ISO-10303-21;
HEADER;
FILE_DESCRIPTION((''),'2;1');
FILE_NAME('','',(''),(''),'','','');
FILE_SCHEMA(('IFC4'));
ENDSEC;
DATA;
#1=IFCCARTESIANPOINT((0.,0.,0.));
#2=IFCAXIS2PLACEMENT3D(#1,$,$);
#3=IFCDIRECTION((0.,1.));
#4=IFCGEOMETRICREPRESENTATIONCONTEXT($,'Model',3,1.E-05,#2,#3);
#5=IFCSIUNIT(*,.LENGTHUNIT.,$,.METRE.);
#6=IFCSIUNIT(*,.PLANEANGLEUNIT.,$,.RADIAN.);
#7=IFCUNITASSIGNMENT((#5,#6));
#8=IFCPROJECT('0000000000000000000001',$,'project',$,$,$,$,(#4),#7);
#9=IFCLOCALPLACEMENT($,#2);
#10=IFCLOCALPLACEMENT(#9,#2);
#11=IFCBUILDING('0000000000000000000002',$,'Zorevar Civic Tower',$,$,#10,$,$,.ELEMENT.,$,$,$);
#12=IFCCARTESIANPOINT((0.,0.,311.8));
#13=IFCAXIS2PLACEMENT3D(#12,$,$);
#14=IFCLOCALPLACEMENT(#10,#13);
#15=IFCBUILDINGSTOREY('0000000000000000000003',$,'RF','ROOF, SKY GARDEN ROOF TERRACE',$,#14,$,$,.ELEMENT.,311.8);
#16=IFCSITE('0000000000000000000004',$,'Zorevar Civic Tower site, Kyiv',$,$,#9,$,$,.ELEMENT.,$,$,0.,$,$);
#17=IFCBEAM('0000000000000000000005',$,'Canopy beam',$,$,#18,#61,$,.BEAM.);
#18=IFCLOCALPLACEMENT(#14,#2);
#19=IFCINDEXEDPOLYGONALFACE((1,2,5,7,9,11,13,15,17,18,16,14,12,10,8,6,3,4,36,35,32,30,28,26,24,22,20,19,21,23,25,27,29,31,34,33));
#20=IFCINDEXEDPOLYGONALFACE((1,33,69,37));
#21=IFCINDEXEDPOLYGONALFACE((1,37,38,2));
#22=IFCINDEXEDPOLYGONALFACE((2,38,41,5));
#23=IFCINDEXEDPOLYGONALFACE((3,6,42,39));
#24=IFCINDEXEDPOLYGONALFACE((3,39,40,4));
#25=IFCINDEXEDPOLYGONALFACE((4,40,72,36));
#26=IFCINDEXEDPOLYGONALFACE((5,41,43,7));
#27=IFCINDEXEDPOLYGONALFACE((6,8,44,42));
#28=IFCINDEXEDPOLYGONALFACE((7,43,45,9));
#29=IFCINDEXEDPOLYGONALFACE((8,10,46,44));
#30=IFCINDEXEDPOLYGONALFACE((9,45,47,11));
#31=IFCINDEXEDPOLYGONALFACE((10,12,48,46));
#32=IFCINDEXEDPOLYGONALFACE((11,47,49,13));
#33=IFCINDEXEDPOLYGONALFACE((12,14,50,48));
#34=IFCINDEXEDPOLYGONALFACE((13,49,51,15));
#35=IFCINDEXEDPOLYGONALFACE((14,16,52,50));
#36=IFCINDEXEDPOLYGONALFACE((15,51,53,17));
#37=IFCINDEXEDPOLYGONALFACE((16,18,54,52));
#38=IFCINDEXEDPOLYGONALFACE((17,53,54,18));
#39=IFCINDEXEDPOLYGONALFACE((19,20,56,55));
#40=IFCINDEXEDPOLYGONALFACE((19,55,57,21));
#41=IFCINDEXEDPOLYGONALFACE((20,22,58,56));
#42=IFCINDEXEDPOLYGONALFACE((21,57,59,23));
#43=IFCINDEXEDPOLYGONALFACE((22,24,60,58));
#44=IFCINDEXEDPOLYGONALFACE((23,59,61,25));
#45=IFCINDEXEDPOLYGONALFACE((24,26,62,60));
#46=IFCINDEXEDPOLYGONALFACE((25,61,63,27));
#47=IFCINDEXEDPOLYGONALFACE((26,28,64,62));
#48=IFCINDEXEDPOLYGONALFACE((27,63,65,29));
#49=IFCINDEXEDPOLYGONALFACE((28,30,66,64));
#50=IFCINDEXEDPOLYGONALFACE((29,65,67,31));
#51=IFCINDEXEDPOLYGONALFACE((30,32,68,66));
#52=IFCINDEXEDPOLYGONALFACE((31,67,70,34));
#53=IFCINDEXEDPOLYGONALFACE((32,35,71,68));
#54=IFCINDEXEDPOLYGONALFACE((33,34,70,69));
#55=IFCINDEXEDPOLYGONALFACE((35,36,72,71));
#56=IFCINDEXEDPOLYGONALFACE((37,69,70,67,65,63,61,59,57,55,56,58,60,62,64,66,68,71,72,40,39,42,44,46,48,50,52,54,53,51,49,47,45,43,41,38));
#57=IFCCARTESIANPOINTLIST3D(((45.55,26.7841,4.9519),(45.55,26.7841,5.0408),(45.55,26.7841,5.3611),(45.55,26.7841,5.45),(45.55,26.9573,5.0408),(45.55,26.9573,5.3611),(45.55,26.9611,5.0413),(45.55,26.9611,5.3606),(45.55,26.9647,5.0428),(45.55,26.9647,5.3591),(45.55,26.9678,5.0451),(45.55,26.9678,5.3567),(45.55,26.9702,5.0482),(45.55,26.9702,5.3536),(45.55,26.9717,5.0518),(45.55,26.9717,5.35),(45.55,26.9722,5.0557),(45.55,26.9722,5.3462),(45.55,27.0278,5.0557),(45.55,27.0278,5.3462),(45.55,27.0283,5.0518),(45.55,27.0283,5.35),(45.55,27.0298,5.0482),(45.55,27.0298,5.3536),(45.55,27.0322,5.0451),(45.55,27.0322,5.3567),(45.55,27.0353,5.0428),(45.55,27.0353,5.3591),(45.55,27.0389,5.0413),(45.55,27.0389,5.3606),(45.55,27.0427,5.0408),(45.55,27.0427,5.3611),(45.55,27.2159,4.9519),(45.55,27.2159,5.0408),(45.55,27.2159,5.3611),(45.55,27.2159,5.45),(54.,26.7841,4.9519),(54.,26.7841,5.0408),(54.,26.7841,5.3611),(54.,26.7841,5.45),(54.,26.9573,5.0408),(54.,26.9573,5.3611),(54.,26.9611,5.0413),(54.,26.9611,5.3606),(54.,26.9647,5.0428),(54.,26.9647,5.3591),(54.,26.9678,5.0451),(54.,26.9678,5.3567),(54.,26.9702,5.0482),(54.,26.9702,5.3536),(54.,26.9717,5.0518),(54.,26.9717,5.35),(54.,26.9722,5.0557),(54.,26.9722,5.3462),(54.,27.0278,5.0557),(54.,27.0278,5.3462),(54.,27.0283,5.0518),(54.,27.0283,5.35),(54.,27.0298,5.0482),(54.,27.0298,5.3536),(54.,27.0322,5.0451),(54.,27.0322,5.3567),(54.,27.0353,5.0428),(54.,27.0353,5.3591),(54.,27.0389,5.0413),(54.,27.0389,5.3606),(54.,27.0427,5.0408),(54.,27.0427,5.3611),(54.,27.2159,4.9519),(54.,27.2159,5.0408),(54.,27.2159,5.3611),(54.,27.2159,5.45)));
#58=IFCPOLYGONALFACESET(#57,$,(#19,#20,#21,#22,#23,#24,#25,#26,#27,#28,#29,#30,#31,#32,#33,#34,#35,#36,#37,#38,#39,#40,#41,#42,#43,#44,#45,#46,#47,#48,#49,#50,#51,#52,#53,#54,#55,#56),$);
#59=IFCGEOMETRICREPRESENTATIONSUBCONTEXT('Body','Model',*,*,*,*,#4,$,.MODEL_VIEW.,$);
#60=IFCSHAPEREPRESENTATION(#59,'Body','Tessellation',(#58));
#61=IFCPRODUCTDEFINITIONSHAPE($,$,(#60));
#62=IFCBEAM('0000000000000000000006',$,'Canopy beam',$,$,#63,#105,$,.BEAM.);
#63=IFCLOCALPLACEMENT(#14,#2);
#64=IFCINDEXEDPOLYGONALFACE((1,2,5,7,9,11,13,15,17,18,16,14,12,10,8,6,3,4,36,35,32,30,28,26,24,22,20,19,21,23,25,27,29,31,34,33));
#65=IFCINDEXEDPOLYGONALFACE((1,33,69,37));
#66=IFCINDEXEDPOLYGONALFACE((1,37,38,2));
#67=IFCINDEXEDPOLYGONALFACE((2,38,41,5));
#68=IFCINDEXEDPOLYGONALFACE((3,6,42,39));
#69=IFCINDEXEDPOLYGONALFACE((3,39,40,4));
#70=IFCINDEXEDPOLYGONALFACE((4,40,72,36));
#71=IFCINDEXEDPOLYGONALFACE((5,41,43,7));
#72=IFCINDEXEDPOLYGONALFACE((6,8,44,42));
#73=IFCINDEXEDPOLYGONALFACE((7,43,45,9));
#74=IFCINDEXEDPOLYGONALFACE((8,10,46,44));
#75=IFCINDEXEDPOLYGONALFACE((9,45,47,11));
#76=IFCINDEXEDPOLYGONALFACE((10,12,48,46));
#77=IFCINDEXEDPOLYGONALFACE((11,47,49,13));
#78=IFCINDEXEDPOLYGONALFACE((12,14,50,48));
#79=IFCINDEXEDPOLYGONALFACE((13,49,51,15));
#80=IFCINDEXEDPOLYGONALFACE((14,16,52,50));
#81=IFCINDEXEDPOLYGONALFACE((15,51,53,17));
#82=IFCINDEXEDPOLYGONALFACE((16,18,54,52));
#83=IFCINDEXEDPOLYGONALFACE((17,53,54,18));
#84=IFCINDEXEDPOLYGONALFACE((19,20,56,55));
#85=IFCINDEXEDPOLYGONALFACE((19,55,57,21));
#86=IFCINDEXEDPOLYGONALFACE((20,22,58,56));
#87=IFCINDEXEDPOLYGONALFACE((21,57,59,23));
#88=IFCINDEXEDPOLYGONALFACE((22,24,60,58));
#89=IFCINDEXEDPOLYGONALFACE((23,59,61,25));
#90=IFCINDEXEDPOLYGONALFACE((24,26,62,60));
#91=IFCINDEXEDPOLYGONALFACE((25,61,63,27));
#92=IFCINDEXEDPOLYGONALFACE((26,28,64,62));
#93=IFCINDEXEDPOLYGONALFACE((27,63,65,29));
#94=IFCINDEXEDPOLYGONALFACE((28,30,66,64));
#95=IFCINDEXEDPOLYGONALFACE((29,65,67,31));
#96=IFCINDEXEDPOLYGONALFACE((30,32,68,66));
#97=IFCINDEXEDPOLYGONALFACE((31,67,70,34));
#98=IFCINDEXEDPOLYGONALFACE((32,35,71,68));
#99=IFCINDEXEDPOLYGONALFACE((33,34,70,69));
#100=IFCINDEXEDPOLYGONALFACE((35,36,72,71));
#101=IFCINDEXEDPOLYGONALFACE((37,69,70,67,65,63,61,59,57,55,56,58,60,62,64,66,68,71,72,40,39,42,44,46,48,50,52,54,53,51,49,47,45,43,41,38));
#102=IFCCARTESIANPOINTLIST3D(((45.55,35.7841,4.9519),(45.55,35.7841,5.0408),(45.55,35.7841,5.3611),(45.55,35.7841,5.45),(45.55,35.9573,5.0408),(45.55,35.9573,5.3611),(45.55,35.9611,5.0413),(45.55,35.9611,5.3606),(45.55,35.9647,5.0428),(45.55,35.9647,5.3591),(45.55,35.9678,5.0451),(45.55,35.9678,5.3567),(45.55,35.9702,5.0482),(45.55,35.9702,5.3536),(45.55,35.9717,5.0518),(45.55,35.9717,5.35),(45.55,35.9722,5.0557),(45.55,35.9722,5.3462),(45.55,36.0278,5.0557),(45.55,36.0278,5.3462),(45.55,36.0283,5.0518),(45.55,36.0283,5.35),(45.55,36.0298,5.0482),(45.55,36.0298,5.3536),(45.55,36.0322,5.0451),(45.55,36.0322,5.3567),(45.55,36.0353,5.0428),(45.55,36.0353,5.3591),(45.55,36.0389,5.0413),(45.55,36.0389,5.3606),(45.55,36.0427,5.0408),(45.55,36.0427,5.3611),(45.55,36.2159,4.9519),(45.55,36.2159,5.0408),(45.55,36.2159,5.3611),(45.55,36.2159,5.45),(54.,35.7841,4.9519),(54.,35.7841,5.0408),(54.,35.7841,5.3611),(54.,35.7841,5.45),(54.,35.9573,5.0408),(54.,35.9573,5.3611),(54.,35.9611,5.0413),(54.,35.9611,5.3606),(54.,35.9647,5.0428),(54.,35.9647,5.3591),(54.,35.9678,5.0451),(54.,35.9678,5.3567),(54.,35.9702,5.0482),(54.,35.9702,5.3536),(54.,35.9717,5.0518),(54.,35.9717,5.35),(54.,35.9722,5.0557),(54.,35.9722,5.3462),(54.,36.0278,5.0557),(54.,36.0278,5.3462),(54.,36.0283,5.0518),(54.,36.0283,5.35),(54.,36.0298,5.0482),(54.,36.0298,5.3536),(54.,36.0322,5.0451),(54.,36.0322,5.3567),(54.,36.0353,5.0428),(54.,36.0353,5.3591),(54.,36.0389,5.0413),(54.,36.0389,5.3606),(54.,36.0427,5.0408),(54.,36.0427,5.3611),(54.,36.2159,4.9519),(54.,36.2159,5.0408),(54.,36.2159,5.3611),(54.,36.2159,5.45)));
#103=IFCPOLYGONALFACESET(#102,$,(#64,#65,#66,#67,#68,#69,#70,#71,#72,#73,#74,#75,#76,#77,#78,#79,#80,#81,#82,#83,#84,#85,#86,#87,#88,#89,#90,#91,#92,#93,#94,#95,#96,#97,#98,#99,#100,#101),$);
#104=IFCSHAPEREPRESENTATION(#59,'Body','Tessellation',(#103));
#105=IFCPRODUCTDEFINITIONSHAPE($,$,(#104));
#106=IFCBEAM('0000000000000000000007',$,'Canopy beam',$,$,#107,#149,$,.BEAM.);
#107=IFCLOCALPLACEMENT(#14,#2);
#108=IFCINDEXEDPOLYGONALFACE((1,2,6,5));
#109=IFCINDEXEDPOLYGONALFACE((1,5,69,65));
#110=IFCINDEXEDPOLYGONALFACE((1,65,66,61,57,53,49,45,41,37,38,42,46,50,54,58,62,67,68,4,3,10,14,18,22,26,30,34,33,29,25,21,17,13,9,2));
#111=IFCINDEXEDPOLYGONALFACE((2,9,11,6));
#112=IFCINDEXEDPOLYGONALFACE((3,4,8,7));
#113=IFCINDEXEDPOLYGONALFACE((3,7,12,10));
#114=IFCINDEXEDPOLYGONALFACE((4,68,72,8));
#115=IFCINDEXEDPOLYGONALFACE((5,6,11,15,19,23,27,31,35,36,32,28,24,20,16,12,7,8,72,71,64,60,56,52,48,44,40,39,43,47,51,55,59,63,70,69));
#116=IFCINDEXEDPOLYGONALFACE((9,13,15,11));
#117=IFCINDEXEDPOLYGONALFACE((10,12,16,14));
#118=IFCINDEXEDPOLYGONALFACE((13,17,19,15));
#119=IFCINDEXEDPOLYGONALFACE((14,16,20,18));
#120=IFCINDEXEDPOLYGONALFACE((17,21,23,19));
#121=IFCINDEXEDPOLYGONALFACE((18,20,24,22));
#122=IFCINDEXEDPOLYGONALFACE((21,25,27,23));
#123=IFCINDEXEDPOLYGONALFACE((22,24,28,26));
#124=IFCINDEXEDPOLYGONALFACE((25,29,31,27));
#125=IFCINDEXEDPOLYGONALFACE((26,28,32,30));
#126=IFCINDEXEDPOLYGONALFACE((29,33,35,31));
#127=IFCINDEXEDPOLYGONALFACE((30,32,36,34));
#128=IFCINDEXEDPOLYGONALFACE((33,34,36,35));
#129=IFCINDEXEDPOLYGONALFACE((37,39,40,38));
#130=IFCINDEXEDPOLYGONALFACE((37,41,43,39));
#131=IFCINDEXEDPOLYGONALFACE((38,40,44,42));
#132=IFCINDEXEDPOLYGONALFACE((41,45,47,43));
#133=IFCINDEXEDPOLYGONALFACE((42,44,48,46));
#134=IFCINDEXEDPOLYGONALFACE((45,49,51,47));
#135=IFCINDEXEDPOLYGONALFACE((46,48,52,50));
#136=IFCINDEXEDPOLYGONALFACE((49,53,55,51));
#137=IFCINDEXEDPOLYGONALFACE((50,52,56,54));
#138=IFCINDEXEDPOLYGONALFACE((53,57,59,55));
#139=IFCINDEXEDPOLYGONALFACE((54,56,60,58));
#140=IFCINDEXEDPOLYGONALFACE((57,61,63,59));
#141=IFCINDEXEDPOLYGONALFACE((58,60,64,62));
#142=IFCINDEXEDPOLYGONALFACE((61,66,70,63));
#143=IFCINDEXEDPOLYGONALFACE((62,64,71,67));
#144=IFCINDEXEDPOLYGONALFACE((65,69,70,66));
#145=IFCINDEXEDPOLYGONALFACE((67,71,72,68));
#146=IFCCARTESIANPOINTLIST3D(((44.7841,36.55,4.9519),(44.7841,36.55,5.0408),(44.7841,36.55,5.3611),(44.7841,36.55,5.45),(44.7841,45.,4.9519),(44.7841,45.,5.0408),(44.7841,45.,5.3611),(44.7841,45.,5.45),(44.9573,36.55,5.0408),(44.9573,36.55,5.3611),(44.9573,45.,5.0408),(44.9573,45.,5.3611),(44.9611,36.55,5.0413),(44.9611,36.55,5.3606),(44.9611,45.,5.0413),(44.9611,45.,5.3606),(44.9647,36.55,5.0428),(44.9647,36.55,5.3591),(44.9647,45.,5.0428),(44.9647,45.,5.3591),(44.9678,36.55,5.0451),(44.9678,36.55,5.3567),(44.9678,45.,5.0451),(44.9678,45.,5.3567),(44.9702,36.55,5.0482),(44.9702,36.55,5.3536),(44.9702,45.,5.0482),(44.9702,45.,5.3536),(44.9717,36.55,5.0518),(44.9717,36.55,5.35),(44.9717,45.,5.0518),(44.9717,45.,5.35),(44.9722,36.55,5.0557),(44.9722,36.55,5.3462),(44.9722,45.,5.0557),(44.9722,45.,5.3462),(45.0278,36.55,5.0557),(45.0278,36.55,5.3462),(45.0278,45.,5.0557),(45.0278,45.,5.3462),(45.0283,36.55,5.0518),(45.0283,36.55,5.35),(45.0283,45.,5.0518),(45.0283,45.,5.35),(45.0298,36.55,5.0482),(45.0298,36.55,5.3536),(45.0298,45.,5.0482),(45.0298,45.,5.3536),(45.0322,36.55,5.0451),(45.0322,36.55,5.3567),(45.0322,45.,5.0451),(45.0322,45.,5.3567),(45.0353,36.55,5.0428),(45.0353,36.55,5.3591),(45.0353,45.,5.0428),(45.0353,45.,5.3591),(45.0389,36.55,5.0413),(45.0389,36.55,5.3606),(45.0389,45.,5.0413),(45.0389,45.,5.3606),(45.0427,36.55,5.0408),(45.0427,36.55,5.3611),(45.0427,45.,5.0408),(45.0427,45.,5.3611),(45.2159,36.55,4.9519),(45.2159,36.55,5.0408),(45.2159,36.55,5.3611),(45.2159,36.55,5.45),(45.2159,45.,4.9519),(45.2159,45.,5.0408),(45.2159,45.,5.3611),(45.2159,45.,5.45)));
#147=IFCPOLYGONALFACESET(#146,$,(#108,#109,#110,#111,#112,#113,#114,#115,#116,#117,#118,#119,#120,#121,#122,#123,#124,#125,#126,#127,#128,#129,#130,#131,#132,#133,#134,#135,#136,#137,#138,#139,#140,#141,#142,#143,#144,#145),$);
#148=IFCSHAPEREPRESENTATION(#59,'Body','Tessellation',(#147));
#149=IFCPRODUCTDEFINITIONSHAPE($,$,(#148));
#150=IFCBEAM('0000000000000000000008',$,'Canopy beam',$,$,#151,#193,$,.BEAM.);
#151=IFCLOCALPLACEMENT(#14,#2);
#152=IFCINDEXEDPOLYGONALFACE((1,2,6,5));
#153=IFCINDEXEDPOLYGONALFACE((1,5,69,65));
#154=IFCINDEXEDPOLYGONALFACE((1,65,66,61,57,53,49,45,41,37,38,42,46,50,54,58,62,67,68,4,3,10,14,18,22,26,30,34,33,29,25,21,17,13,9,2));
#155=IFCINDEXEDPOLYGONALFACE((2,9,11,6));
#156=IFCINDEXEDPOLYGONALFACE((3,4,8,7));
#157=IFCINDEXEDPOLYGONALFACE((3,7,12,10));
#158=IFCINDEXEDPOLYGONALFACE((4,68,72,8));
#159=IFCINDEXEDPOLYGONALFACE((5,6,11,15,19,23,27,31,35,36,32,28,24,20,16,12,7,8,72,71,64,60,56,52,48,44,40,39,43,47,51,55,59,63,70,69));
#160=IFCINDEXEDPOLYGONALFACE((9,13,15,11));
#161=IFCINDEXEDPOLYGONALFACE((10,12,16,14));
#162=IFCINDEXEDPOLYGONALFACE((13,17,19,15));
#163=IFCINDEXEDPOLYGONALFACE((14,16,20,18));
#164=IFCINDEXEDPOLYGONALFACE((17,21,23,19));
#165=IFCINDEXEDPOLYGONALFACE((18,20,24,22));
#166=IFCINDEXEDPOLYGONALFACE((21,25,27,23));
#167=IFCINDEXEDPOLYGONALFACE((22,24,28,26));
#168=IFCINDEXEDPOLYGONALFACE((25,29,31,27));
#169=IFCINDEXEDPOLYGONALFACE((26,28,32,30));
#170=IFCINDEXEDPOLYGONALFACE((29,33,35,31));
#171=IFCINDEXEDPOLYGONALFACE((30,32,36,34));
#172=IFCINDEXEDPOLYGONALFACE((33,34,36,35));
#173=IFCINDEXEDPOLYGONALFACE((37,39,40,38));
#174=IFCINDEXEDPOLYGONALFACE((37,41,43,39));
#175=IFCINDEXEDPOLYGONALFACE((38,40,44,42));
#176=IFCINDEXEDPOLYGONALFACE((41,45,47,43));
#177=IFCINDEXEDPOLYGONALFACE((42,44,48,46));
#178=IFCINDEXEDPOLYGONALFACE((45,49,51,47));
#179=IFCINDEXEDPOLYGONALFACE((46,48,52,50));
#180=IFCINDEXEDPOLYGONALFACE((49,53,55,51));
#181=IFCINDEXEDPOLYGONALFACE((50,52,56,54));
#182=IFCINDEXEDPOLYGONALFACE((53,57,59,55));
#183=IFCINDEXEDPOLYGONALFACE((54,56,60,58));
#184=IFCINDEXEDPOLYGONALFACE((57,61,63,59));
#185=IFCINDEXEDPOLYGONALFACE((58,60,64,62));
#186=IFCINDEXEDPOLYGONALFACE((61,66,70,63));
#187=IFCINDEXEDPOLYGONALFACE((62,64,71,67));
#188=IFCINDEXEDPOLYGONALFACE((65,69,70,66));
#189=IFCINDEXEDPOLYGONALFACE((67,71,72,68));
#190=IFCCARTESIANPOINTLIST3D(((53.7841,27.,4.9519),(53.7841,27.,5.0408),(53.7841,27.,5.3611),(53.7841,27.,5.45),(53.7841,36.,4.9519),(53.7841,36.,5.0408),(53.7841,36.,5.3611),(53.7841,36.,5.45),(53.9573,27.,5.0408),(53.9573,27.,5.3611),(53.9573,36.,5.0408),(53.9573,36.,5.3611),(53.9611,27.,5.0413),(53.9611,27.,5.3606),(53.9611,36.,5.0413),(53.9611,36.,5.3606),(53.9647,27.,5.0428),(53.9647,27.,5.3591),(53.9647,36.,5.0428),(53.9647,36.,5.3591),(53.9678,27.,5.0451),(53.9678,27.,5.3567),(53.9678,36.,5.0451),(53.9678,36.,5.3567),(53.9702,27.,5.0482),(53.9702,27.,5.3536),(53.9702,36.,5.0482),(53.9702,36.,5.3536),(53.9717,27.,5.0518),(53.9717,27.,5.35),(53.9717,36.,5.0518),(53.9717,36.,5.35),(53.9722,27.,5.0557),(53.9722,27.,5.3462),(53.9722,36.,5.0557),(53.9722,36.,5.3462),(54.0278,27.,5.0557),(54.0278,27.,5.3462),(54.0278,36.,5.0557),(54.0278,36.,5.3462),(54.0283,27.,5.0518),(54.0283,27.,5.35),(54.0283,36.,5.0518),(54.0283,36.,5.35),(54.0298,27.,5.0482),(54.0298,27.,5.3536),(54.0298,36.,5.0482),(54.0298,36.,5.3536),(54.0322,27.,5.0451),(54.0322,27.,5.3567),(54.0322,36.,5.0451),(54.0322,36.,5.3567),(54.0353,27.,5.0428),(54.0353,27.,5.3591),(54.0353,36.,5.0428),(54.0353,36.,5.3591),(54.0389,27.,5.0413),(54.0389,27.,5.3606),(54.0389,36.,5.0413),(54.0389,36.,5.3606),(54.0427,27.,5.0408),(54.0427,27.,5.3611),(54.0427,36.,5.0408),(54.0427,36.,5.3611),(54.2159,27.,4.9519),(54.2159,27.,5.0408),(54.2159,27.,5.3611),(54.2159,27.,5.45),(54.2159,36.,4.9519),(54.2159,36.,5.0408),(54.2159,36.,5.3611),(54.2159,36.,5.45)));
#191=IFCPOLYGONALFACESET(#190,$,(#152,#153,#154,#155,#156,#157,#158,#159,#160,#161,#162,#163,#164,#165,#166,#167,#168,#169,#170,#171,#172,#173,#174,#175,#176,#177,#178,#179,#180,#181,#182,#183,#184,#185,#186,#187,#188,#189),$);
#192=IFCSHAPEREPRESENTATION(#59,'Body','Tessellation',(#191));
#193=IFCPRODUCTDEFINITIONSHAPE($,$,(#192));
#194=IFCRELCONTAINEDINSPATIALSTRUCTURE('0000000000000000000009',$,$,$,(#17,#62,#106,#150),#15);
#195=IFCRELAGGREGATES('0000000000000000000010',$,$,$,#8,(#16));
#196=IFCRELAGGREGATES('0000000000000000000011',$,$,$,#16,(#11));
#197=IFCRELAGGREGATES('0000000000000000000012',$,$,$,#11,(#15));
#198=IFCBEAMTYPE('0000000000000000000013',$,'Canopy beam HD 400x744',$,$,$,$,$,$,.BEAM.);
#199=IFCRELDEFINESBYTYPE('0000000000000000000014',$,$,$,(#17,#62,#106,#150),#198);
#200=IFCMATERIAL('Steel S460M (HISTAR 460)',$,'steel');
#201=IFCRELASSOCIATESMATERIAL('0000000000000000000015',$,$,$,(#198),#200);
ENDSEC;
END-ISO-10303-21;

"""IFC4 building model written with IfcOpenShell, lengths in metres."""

from ifc_helpers import new_model, si_unit, direction, frame, origin, origin_2d, place, context, subcontext, project, spatial, i_section, extrude, material, material_profile, profile_set, type_object, element, save


model = new_model("IFC4")

# Units and contexts
model_context = context("Model", 3, precision=1e-05, world=origin(), true_north=direction((0.0, 1.0)))
body_context = subcontext(model_context, "Body", "Model", "MODEL_VIEW")
ifc_project = project(units=[si_unit("LENGTHUNIT", "METRE"), si_unit("PLANEANGLEUNIT", "RADIAN")], contexts=[model_context])

# Site, building, storey
site_placement = place(None, origin())
site = spatial("IfcSite", under=ifc_project, at=site_placement, Name="Zorevar Civic Tower site, Kyiv", CompositionType="ELEMENT", RefElevation=0.0)
building_placement = place(site_placement, origin())
building = spatial("IfcBuilding", under=site, at=building_placement, Name="Zorevar Civic Tower", CompositionType="ELEMENT")
storey_placement = place(building_placement, frame((0.0, 0.0, 311.8)))
storey = spatial("IfcBuildingStorey", under=building, at=storey_placement, Name="RF", Description="ROOF, SKY GARDEN ROOF TERRACE", CompositionType="ELEMENT", Elevation=311.8)

# Beams
ifc_material_1 = material(Name="Steel S460M (HISTAR 460)", Category="steel")
ifc_material_profile_1 = material_profile(ifc_material_1, i_section(OverallWidth=0.4319, OverallDepth=0.498, WebThickness=0.0557, FlangeThickness=0.0889, FilletRadius=0.0149, at=origin_2d()), Name="HD 400x744")
ifc_profile_set_1 = profile_set([ifc_material_profile_1], Name="Steel S460M (HISTAR 460)")
beam_type_1 = type_object("IfcBeamType", Name="Canopy beam HD 400x744", PredefinedType="BEAM", material=ifc_profile_set_1)
for number, where, z_axis, x_axis, name in (
    (1, (45.55, 27.0, 5.2009), (1.0, 0.0, 0.0), (0.0, 1.0, 0.0), "Canopy beam"),
    (2, (45.55, 36.0, 5.2009), (1.0, 0.0, 0.0), (0.0, 1.0, 0.0), "Canopy beam"),
    (3, (45.0, 36.55, 5.2009), (0.0, 1.0, 0.0), (-1.0, 0.0, 0.0), "Canopy beam"),
):
    element("IfcBeam", number, at=place(storey_placement, frame(where, z_axis=z_axis, x_axis=x_axis)), inside=storey, type_object=beam_type_1, Name=name, PredefinedType="BEAM", context=body_context, shape_type="SweptSolid", body=[
        extrude(i_section(OverallWidth=0.4319, OverallDepth=0.498, WebThickness=0.0557, FlangeThickness=0.0889, FilletRadius=0.0149, at=origin_2d()), origin(), (0.0, 0.0, 1.0), 8.45),
    ])
beam_1_placement = place(storey_placement, frame((54.0, 27.0, 5.2009), z_axis=(0.0, 1.0, 0.0), x_axis=(-1.0, 0.0, 0.0)))
element("IfcBeam", 4, at=beam_1_placement, inside=storey, type_object=beam_type_1, Name="Canopy beam", PredefinedType="BEAM", context=body_context, shape_type="SweptSolid", body=[
    extrude(i_section(OverallWidth=0.4319, OverallDepth=0.498, WebThickness=0.0557, FlangeThickness=0.0889, FilletRadius=0.0149, at=origin_2d()), origin(), (0.0, 0.0, 1.0), 9.0),
])

save(model, "model.ifc")
